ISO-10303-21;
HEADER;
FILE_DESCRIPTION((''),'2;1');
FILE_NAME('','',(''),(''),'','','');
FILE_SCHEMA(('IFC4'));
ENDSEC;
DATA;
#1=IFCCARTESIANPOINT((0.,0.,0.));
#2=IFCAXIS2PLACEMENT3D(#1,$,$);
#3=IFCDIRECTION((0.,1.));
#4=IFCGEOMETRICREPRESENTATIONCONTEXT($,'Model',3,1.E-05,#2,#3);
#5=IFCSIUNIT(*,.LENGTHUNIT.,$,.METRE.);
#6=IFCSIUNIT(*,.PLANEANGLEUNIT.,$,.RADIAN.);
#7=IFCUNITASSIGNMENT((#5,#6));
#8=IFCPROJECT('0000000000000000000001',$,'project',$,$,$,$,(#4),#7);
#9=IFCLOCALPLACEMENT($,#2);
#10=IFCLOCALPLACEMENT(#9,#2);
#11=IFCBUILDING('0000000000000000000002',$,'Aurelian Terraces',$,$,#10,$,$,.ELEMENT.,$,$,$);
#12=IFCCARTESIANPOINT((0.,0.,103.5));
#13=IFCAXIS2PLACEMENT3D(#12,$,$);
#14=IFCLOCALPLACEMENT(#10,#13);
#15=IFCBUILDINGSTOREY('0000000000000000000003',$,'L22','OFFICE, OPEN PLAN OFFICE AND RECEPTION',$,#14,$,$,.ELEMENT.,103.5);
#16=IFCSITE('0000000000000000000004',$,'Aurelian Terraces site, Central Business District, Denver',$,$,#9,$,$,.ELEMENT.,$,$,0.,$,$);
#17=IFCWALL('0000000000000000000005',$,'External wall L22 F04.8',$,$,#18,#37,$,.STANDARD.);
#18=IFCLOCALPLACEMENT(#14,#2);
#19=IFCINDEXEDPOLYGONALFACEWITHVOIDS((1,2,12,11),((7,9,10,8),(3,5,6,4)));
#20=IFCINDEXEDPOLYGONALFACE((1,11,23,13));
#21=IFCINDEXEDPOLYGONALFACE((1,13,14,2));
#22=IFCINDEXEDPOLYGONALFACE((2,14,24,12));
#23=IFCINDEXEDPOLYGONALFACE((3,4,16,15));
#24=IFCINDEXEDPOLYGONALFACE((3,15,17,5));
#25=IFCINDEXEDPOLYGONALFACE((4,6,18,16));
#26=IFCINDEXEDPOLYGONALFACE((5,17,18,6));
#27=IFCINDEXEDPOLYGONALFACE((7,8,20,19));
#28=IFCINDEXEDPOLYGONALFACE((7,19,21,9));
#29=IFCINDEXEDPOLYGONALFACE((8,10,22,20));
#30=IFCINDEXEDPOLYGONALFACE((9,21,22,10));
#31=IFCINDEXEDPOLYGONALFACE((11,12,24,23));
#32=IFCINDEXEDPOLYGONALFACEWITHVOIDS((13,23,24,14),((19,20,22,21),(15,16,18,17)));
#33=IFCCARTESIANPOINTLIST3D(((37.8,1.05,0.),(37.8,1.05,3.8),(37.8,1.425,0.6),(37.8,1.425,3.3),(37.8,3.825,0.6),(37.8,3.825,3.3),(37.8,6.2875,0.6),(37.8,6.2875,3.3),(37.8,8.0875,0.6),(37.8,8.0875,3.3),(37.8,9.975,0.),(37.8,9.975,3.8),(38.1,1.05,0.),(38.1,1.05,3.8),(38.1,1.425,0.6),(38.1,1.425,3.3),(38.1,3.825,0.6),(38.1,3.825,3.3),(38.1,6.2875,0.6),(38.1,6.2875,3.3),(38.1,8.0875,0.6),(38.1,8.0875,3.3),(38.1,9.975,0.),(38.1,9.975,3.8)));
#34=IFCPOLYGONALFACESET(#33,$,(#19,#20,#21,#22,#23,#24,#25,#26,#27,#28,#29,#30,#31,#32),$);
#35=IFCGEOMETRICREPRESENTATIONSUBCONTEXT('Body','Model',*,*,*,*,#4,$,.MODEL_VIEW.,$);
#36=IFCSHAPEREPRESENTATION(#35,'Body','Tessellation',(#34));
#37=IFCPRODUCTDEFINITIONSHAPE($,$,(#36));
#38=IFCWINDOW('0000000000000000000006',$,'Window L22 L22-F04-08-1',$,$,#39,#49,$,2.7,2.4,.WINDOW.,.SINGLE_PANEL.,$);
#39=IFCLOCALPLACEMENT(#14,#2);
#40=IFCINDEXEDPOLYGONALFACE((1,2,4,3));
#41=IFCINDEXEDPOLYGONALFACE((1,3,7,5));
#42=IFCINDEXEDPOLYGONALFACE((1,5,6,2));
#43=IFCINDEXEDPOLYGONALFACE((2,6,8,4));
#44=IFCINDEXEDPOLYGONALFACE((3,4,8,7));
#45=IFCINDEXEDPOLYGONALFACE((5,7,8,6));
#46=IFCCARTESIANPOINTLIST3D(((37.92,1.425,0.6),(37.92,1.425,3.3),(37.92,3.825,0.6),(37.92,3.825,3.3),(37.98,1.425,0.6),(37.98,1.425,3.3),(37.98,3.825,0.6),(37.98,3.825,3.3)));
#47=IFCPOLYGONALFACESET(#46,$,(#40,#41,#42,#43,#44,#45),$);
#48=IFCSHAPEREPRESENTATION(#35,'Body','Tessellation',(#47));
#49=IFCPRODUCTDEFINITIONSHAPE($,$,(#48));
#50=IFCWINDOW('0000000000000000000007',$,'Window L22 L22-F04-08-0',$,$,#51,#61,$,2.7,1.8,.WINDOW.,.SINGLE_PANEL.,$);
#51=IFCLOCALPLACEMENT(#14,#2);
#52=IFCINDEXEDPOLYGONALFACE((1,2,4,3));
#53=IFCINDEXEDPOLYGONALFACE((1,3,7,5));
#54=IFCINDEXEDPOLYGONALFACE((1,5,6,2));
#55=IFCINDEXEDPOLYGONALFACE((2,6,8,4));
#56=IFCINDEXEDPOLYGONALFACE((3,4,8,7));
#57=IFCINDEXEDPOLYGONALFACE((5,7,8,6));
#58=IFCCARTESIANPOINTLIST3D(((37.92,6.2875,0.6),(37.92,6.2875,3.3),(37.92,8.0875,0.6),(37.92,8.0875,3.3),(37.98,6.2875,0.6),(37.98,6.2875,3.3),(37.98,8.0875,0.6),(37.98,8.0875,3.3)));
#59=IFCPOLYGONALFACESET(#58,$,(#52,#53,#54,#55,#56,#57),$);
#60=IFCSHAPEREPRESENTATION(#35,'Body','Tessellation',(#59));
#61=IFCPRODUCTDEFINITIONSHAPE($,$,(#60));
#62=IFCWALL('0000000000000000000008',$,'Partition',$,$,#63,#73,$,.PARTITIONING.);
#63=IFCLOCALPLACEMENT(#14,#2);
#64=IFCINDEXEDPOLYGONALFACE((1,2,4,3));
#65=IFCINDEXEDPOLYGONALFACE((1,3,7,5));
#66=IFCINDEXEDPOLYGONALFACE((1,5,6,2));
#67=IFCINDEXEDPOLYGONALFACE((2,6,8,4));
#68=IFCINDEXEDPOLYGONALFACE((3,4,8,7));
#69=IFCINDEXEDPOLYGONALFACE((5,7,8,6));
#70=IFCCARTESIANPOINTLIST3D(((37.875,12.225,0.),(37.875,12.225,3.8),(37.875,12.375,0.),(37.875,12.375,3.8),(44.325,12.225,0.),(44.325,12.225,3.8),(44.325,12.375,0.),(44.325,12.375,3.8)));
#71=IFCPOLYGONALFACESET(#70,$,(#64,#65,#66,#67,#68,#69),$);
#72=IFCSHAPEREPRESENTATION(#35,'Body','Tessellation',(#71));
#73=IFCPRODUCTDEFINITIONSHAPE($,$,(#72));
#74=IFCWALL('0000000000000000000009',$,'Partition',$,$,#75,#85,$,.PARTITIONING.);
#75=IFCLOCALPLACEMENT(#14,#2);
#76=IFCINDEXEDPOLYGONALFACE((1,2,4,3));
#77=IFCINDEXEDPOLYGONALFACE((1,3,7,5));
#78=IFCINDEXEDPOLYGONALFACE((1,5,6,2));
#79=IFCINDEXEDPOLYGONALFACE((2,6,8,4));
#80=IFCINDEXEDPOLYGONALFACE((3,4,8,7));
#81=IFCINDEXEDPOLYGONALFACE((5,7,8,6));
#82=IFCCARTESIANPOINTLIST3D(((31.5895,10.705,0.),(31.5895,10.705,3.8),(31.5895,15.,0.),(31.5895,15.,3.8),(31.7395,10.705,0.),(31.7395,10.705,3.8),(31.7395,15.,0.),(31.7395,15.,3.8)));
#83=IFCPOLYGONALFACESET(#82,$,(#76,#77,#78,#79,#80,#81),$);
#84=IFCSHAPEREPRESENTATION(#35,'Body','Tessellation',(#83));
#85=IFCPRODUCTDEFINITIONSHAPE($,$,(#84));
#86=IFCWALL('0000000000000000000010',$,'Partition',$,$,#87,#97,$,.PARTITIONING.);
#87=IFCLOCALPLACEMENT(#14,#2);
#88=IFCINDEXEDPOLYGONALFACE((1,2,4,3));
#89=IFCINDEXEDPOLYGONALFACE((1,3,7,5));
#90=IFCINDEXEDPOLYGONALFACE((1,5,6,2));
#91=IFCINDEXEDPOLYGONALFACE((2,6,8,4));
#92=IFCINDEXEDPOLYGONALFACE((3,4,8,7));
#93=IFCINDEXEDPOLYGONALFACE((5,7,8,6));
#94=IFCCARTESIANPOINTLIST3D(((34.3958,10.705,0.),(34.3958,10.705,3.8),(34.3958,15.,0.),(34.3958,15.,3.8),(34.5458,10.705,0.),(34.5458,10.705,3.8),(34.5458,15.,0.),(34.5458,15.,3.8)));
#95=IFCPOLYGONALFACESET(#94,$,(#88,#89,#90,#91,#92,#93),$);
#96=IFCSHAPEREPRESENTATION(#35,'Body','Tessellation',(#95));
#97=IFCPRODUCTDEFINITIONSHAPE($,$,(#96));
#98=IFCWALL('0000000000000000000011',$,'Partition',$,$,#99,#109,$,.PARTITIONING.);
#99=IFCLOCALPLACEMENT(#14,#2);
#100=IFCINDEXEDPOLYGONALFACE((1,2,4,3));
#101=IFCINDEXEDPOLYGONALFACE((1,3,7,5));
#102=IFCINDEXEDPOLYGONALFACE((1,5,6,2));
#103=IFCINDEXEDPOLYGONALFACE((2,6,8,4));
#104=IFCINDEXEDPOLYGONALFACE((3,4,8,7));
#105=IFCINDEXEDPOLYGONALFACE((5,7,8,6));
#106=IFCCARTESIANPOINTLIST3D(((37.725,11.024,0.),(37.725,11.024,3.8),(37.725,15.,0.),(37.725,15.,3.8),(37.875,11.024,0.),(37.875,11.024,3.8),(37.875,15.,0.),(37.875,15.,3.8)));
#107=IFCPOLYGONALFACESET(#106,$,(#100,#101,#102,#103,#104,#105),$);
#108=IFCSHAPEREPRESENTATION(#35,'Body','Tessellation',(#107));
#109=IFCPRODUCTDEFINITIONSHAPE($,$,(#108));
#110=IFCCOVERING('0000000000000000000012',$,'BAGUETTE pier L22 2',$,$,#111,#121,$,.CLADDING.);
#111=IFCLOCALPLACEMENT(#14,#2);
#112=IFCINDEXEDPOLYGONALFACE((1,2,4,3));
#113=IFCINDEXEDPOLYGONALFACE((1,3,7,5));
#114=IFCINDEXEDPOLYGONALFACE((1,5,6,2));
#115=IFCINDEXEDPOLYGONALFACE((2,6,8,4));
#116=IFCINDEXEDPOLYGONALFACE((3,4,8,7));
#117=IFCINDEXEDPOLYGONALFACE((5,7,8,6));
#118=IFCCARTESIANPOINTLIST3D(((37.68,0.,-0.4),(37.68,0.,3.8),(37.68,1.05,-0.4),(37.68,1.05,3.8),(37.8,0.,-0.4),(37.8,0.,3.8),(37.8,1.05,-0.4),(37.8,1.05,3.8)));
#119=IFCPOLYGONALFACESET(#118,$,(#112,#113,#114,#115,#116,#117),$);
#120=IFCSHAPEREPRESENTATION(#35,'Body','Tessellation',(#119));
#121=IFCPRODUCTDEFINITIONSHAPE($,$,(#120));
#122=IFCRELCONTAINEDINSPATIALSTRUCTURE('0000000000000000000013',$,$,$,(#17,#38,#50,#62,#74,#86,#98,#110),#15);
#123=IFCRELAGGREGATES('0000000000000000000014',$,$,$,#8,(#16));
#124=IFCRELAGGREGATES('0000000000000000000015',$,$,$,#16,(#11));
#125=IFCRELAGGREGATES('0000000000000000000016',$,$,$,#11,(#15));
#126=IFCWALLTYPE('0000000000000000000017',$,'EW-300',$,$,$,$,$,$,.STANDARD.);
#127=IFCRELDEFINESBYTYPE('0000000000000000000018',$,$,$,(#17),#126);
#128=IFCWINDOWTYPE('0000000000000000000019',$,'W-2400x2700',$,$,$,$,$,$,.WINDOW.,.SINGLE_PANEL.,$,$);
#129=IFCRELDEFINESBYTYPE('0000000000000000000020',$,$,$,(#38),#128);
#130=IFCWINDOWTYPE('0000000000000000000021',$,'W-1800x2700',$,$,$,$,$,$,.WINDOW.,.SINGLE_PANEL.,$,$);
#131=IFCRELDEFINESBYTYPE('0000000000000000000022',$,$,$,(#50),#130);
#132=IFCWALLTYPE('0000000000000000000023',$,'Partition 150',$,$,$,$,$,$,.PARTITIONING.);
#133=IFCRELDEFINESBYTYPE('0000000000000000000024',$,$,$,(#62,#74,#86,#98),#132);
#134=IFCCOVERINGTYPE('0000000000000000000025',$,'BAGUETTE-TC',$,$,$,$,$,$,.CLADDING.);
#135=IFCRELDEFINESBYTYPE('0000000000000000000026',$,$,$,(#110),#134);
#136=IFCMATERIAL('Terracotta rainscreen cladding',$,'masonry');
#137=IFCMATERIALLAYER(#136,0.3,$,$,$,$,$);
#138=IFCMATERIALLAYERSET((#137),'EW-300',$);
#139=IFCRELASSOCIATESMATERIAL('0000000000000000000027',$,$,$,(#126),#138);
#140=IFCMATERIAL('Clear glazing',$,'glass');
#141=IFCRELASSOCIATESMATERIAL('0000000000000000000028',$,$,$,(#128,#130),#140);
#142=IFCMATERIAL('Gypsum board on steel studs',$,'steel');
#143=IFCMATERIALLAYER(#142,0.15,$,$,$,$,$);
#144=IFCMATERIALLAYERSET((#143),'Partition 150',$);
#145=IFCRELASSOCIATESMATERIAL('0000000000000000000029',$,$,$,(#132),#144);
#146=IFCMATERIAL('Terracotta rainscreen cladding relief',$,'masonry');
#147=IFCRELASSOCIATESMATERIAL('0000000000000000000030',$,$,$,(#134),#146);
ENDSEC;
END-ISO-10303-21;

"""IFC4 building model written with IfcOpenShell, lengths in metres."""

from ifc_helpers import new_model, si_unit, direction, frame, frame_2d, origin, origin_2d, place, context, subcontext, project, spatial, rectangle, extrude, source, transform, mapped, material, layer, layer_set, type_object, element, fill, save


model = new_model("IFC4")

# Units and contexts
model_context = context("Model", 3, precision=1e-05, world=origin(), true_north=direction((0.0, 1.0)))
body_context = subcontext(model_context, "Body", "Model", "MODEL_VIEW")
ifc_project = project(units=[si_unit("LENGTHUNIT", "METRE"), si_unit("PLANEANGLEUNIT", "RADIAN")], contexts=[model_context])

# Site, building, storey
site_placement = place(None, origin())
site = spatial("IfcSite", under=ifc_project, at=site_placement, Name="Aurelian Terraces site, Central Business District, Denver", CompositionType="ELEMENT", RefElevation=0.0)
building_placement = place(site_placement, origin())
building = spatial("IfcBuilding", under=site, at=building_placement, Name="Aurelian Terraces", CompositionType="ELEMENT")
storey_placement = place(building_placement, frame((0.0, 0.0, 103.5)))
storey = spatial("IfcBuildingStorey", under=building, at=storey_placement, Name="L22", Description="OFFICE, OPEN PLAN OFFICE AND RECEPTION", CompositionType="ELEMENT", Elevation=103.5)

# Shared definitions
ifc_material_1 = material(Name="Terracotta rainscreen cladding", Category="masonry")
ifc_layer_1 = layer(ifc_material_1, 0.3)
ifc_layer_set_1 = layer_set([ifc_layer_1], Name="EW-300")
wall_type_1 = type_object("IfcWallType", Name="EW-300", PredefinedType="STANDARD", material=ifc_layer_set_1)
ifc_material_2 = material(Name="Clear glazing", Category="glass")

# Shared definitions
shared_shape_1 = source(origin(), body_context, "Body", "SweptSolid", [
    extrude(rectangle(XDim=1.8, YDim=2.7, at=frame_2d((0.9, 1.35))), frame((0.0, 0.16, 0.0), z_axis=(0.0, -1.0, 0.0), x_axis=(1.0, 0.0, 0.0)), (0.0, 0.0, 1.0), 0.32),
])
shared_shape_2 = source(origin(), body_context, "Body", "SweptSolid", [
    extrude(rectangle(XDim=2.4, YDim=2.7, at=frame_2d((1.2, 1.35))), frame((0.0, 0.16, 0.0), z_axis=(0.0, -1.0, 0.0), x_axis=(1.0, 0.0, 0.0)), (0.0, 0.0, 1.0), 0.32),
])
window_type_1 = type_object("IfcWindowType", Name="W-2400x2700", PartitioningType="SINGLE_PANEL", PredefinedType="WINDOW", material=ifc_material_2)
shared_shape_3 = source(origin(), body_context, "Body", "SweptSolid", [
    extrude(rectangle(XDim=2.4, YDim=2.7, at=frame_2d((1.2, 1.35))), frame((0.0, 0.03, 0.0), z_axis=(0.0, -1.0, 0.0), x_axis=(1.0, 0.0, 0.0)), (0.0, 0.0, 1.0), 0.06),
])
window_type_2 = type_object("IfcWindowType", Name="W-1800x2700", PartitioningType="SINGLE_PANEL", PredefinedType="WINDOW", material=ifc_material_2)
shared_shape_4 = source(origin(), body_context, "Body", "SweptSolid", [
    extrude(rectangle(XDim=1.8, YDim=2.7, at=frame_2d((0.9, 1.35))), frame((0.0, 0.03, 0.0), z_axis=(0.0, -1.0, 0.0), x_axis=(1.0, 0.0, 0.0)), (0.0, 0.0, 1.0), 0.06),
])

# Shared definitions
ifc_material_3 = material(Name="Gypsum board on steel studs", Category="steel")
ifc_layer_2 = layer(ifc_material_3, 0.15)
ifc_layer_set_2 = layer_set([ifc_layer_2], Name="Partition 150")
wall_type_2 = type_object("IfcWallType", Name="Partition 150", PredefinedType="PARTITIONING", material=ifc_layer_set_2)

# Wall, openings, windows
shared_shape_5 = source(origin(), body_context, "Body", "SweptSolid", [
    extrude(rectangle(XDim=8.925, YDim=0.3, at=frame_2d((4.4625, 0.0))), origin(), (0.0, 0.0, 1.0), 3.8),
])
wall_1_placement = place(storey_placement, frame((37.95, 9.975, 0.0), z_axis=(0.0, 0.0, 1.0), x_axis=(0.0, -1.0, 0.0)))
wall_1 = element("IfcWall", 1, at=wall_1_placement, inside=storey, type_object=wall_type_1, Name="External wall L22 F04.8", PredefinedType="STANDARD", context=body_context, shape_type="MappedRepresentation", body=[
    mapped(shared_shape_5, transform((0.0, 0.0, 0.0), scale=1.0)),
])
opening_1_placement = place(wall_1_placement, frame((1.8875, 0.0, 0.6)))
opening_1 = element("IfcOpeningElement", 2, at=opening_1_placement, cuts=wall_1, PredefinedType="OPENING", context=body_context, shape_type="MappedRepresentation", body=[
    mapped(shared_shape_1, transform((0.0, 0.0, 0.0), scale=1.0)),
])
opening_2_placement = place(wall_1_placement, frame((6.15, 0.0, 0.6)))
opening_2 = element("IfcOpeningElement", 3, at=opening_2_placement, cuts=wall_1, PredefinedType="OPENING", context=body_context, shape_type="MappedRepresentation", body=[
    mapped(shared_shape_2, transform((0.0, 0.0, 0.0), scale=1.0)),
])
window_1_placement = place(opening_2_placement, origin())
window_1 = element("IfcWindow", 4, at=window_1_placement, inside=storey, type_object=window_type_1, Name="Window L22 L22-F04-08-1", OverallHeight=2.7, OverallWidth=2.4, PartitioningType="SINGLE_PANEL", PredefinedType="WINDOW", context=body_context, shape_type="MappedRepresentation", body=[
    mapped(shared_shape_3, transform((0.0, 0.0, 0.0), scale=1.0)),
])
fill(opening_2, window_1)
window_2_placement = place(opening_1_placement, origin())
window_2 = element("IfcWindow", 5, at=window_2_placement, inside=storey, type_object=window_type_2, Name="Window L22 L22-F04-08-0", OverallHeight=2.7, OverallWidth=1.8, PartitioningType="SINGLE_PANEL", PredefinedType="WINDOW", context=body_context, shape_type="MappedRepresentation", body=[
    mapped(shared_shape_4, transform((0.0, 0.0, 0.0), scale=1.0)),
])
fill(opening_1, window_2)

# Walls
shared_shape_6 = source(origin(), body_context, "Body", "SweptSolid", [
    extrude(rectangle(XDim=6.45, YDim=0.15, at=frame_2d((3.225, 0.0))), origin(), (0.0, 0.0, 1.0), 3.8),
])
wall_2_placement = place(storey_placement, frame((37.875, 12.3, 0.0), z_axis=(0.0, 0.0, 1.0), x_axis=(1.0, 0.0, 0.0)))
element("IfcWall", 6, at=wall_2_placement, inside=storey, type_object=wall_type_2, Name="Partition", PredefinedType="PARTITIONING", context=body_context, shape_type="MappedRepresentation", body=[
    mapped(shared_shape_6, transform((0.0, 0.0, 0.0), scale=1.0)),
])
shared_shape_7 = source(origin(), body_context, "Body", "SweptSolid", [
    extrude(rectangle(XDim=4.295, YDim=0.15, at=frame_2d((2.1475, 0.0))), origin(), (0.0, 0.0, 1.0), 3.8),
])
for number, where, z_axis, x_axis, name in (
    (7, (31.6645, 10.705, 0.0), (0.0, 0.0, 1.0), (0.0, 1.0, 0.0), "Partition"),
    (8, (34.4708, 10.705, 0.0), (0.0, 0.0, 1.0), (0.0, 1.0, 0.0), "Partition"),
):
    element("IfcWall", number, at=place(storey_placement, frame(where, z_axis=z_axis, x_axis=x_axis)), inside=storey, type_object=wall_type_2, Name=name, PredefinedType="PARTITIONING", context=body_context, shape_type="MappedRepresentation", body=[
        mapped(shared_shape_7, transform((0.0, 0.0, 0.0), scale=1.0)),
    ])
shared_shape_8 = source(origin(), body_context, "Body", "SweptSolid", [
    extrude(rectangle(XDim=3.976, YDim=0.15, at=frame_2d((1.988, 0.0))), origin(), (0.0, 0.0, 1.0), 3.8),
])
wall_3_placement = place(storey_placement, frame((37.8, 11.024, 0.0), z_axis=(0.0, 0.0, 1.0), x_axis=(0.0, 1.0, 0.0)))
element("IfcWall", 9, at=wall_3_placement, inside=storey, type_object=wall_type_2, Name="Partition", PredefinedType="PARTITIONING", context=body_context, shape_type="MappedRepresentation", body=[
    mapped(shared_shape_8, transform((0.0, 0.0, 0.0), scale=1.0)),
])

# Covering
ifc_material_4 = material(Name="Terracotta rainscreen cladding relief", Category="masonry")
covering_type = type_object("IfcCoveringType", Name="BAGUETTE-TC", PredefinedType="CLADDING", material=ifc_material_4)
covering_placement = place(storey_placement, frame((37.74, 0.525, -0.4), z_axis=(0.0, 0.0, 1.0), x_axis=(1.0, 0.0, 0.0)))
element("IfcCovering", 10, at=covering_placement, inside=storey, type_object=covering_type, Name="BAGUETTE pier L22 2", PredefinedType="CLADDING", context=body_context, shape_type="SweptSolid", body=[
    extrude(rectangle(XDim=0.12, YDim=1.05, at=origin_2d()), origin(), (0.0, 0.0, 1.0), 4.2),
])

save(model, "model.ifc")
